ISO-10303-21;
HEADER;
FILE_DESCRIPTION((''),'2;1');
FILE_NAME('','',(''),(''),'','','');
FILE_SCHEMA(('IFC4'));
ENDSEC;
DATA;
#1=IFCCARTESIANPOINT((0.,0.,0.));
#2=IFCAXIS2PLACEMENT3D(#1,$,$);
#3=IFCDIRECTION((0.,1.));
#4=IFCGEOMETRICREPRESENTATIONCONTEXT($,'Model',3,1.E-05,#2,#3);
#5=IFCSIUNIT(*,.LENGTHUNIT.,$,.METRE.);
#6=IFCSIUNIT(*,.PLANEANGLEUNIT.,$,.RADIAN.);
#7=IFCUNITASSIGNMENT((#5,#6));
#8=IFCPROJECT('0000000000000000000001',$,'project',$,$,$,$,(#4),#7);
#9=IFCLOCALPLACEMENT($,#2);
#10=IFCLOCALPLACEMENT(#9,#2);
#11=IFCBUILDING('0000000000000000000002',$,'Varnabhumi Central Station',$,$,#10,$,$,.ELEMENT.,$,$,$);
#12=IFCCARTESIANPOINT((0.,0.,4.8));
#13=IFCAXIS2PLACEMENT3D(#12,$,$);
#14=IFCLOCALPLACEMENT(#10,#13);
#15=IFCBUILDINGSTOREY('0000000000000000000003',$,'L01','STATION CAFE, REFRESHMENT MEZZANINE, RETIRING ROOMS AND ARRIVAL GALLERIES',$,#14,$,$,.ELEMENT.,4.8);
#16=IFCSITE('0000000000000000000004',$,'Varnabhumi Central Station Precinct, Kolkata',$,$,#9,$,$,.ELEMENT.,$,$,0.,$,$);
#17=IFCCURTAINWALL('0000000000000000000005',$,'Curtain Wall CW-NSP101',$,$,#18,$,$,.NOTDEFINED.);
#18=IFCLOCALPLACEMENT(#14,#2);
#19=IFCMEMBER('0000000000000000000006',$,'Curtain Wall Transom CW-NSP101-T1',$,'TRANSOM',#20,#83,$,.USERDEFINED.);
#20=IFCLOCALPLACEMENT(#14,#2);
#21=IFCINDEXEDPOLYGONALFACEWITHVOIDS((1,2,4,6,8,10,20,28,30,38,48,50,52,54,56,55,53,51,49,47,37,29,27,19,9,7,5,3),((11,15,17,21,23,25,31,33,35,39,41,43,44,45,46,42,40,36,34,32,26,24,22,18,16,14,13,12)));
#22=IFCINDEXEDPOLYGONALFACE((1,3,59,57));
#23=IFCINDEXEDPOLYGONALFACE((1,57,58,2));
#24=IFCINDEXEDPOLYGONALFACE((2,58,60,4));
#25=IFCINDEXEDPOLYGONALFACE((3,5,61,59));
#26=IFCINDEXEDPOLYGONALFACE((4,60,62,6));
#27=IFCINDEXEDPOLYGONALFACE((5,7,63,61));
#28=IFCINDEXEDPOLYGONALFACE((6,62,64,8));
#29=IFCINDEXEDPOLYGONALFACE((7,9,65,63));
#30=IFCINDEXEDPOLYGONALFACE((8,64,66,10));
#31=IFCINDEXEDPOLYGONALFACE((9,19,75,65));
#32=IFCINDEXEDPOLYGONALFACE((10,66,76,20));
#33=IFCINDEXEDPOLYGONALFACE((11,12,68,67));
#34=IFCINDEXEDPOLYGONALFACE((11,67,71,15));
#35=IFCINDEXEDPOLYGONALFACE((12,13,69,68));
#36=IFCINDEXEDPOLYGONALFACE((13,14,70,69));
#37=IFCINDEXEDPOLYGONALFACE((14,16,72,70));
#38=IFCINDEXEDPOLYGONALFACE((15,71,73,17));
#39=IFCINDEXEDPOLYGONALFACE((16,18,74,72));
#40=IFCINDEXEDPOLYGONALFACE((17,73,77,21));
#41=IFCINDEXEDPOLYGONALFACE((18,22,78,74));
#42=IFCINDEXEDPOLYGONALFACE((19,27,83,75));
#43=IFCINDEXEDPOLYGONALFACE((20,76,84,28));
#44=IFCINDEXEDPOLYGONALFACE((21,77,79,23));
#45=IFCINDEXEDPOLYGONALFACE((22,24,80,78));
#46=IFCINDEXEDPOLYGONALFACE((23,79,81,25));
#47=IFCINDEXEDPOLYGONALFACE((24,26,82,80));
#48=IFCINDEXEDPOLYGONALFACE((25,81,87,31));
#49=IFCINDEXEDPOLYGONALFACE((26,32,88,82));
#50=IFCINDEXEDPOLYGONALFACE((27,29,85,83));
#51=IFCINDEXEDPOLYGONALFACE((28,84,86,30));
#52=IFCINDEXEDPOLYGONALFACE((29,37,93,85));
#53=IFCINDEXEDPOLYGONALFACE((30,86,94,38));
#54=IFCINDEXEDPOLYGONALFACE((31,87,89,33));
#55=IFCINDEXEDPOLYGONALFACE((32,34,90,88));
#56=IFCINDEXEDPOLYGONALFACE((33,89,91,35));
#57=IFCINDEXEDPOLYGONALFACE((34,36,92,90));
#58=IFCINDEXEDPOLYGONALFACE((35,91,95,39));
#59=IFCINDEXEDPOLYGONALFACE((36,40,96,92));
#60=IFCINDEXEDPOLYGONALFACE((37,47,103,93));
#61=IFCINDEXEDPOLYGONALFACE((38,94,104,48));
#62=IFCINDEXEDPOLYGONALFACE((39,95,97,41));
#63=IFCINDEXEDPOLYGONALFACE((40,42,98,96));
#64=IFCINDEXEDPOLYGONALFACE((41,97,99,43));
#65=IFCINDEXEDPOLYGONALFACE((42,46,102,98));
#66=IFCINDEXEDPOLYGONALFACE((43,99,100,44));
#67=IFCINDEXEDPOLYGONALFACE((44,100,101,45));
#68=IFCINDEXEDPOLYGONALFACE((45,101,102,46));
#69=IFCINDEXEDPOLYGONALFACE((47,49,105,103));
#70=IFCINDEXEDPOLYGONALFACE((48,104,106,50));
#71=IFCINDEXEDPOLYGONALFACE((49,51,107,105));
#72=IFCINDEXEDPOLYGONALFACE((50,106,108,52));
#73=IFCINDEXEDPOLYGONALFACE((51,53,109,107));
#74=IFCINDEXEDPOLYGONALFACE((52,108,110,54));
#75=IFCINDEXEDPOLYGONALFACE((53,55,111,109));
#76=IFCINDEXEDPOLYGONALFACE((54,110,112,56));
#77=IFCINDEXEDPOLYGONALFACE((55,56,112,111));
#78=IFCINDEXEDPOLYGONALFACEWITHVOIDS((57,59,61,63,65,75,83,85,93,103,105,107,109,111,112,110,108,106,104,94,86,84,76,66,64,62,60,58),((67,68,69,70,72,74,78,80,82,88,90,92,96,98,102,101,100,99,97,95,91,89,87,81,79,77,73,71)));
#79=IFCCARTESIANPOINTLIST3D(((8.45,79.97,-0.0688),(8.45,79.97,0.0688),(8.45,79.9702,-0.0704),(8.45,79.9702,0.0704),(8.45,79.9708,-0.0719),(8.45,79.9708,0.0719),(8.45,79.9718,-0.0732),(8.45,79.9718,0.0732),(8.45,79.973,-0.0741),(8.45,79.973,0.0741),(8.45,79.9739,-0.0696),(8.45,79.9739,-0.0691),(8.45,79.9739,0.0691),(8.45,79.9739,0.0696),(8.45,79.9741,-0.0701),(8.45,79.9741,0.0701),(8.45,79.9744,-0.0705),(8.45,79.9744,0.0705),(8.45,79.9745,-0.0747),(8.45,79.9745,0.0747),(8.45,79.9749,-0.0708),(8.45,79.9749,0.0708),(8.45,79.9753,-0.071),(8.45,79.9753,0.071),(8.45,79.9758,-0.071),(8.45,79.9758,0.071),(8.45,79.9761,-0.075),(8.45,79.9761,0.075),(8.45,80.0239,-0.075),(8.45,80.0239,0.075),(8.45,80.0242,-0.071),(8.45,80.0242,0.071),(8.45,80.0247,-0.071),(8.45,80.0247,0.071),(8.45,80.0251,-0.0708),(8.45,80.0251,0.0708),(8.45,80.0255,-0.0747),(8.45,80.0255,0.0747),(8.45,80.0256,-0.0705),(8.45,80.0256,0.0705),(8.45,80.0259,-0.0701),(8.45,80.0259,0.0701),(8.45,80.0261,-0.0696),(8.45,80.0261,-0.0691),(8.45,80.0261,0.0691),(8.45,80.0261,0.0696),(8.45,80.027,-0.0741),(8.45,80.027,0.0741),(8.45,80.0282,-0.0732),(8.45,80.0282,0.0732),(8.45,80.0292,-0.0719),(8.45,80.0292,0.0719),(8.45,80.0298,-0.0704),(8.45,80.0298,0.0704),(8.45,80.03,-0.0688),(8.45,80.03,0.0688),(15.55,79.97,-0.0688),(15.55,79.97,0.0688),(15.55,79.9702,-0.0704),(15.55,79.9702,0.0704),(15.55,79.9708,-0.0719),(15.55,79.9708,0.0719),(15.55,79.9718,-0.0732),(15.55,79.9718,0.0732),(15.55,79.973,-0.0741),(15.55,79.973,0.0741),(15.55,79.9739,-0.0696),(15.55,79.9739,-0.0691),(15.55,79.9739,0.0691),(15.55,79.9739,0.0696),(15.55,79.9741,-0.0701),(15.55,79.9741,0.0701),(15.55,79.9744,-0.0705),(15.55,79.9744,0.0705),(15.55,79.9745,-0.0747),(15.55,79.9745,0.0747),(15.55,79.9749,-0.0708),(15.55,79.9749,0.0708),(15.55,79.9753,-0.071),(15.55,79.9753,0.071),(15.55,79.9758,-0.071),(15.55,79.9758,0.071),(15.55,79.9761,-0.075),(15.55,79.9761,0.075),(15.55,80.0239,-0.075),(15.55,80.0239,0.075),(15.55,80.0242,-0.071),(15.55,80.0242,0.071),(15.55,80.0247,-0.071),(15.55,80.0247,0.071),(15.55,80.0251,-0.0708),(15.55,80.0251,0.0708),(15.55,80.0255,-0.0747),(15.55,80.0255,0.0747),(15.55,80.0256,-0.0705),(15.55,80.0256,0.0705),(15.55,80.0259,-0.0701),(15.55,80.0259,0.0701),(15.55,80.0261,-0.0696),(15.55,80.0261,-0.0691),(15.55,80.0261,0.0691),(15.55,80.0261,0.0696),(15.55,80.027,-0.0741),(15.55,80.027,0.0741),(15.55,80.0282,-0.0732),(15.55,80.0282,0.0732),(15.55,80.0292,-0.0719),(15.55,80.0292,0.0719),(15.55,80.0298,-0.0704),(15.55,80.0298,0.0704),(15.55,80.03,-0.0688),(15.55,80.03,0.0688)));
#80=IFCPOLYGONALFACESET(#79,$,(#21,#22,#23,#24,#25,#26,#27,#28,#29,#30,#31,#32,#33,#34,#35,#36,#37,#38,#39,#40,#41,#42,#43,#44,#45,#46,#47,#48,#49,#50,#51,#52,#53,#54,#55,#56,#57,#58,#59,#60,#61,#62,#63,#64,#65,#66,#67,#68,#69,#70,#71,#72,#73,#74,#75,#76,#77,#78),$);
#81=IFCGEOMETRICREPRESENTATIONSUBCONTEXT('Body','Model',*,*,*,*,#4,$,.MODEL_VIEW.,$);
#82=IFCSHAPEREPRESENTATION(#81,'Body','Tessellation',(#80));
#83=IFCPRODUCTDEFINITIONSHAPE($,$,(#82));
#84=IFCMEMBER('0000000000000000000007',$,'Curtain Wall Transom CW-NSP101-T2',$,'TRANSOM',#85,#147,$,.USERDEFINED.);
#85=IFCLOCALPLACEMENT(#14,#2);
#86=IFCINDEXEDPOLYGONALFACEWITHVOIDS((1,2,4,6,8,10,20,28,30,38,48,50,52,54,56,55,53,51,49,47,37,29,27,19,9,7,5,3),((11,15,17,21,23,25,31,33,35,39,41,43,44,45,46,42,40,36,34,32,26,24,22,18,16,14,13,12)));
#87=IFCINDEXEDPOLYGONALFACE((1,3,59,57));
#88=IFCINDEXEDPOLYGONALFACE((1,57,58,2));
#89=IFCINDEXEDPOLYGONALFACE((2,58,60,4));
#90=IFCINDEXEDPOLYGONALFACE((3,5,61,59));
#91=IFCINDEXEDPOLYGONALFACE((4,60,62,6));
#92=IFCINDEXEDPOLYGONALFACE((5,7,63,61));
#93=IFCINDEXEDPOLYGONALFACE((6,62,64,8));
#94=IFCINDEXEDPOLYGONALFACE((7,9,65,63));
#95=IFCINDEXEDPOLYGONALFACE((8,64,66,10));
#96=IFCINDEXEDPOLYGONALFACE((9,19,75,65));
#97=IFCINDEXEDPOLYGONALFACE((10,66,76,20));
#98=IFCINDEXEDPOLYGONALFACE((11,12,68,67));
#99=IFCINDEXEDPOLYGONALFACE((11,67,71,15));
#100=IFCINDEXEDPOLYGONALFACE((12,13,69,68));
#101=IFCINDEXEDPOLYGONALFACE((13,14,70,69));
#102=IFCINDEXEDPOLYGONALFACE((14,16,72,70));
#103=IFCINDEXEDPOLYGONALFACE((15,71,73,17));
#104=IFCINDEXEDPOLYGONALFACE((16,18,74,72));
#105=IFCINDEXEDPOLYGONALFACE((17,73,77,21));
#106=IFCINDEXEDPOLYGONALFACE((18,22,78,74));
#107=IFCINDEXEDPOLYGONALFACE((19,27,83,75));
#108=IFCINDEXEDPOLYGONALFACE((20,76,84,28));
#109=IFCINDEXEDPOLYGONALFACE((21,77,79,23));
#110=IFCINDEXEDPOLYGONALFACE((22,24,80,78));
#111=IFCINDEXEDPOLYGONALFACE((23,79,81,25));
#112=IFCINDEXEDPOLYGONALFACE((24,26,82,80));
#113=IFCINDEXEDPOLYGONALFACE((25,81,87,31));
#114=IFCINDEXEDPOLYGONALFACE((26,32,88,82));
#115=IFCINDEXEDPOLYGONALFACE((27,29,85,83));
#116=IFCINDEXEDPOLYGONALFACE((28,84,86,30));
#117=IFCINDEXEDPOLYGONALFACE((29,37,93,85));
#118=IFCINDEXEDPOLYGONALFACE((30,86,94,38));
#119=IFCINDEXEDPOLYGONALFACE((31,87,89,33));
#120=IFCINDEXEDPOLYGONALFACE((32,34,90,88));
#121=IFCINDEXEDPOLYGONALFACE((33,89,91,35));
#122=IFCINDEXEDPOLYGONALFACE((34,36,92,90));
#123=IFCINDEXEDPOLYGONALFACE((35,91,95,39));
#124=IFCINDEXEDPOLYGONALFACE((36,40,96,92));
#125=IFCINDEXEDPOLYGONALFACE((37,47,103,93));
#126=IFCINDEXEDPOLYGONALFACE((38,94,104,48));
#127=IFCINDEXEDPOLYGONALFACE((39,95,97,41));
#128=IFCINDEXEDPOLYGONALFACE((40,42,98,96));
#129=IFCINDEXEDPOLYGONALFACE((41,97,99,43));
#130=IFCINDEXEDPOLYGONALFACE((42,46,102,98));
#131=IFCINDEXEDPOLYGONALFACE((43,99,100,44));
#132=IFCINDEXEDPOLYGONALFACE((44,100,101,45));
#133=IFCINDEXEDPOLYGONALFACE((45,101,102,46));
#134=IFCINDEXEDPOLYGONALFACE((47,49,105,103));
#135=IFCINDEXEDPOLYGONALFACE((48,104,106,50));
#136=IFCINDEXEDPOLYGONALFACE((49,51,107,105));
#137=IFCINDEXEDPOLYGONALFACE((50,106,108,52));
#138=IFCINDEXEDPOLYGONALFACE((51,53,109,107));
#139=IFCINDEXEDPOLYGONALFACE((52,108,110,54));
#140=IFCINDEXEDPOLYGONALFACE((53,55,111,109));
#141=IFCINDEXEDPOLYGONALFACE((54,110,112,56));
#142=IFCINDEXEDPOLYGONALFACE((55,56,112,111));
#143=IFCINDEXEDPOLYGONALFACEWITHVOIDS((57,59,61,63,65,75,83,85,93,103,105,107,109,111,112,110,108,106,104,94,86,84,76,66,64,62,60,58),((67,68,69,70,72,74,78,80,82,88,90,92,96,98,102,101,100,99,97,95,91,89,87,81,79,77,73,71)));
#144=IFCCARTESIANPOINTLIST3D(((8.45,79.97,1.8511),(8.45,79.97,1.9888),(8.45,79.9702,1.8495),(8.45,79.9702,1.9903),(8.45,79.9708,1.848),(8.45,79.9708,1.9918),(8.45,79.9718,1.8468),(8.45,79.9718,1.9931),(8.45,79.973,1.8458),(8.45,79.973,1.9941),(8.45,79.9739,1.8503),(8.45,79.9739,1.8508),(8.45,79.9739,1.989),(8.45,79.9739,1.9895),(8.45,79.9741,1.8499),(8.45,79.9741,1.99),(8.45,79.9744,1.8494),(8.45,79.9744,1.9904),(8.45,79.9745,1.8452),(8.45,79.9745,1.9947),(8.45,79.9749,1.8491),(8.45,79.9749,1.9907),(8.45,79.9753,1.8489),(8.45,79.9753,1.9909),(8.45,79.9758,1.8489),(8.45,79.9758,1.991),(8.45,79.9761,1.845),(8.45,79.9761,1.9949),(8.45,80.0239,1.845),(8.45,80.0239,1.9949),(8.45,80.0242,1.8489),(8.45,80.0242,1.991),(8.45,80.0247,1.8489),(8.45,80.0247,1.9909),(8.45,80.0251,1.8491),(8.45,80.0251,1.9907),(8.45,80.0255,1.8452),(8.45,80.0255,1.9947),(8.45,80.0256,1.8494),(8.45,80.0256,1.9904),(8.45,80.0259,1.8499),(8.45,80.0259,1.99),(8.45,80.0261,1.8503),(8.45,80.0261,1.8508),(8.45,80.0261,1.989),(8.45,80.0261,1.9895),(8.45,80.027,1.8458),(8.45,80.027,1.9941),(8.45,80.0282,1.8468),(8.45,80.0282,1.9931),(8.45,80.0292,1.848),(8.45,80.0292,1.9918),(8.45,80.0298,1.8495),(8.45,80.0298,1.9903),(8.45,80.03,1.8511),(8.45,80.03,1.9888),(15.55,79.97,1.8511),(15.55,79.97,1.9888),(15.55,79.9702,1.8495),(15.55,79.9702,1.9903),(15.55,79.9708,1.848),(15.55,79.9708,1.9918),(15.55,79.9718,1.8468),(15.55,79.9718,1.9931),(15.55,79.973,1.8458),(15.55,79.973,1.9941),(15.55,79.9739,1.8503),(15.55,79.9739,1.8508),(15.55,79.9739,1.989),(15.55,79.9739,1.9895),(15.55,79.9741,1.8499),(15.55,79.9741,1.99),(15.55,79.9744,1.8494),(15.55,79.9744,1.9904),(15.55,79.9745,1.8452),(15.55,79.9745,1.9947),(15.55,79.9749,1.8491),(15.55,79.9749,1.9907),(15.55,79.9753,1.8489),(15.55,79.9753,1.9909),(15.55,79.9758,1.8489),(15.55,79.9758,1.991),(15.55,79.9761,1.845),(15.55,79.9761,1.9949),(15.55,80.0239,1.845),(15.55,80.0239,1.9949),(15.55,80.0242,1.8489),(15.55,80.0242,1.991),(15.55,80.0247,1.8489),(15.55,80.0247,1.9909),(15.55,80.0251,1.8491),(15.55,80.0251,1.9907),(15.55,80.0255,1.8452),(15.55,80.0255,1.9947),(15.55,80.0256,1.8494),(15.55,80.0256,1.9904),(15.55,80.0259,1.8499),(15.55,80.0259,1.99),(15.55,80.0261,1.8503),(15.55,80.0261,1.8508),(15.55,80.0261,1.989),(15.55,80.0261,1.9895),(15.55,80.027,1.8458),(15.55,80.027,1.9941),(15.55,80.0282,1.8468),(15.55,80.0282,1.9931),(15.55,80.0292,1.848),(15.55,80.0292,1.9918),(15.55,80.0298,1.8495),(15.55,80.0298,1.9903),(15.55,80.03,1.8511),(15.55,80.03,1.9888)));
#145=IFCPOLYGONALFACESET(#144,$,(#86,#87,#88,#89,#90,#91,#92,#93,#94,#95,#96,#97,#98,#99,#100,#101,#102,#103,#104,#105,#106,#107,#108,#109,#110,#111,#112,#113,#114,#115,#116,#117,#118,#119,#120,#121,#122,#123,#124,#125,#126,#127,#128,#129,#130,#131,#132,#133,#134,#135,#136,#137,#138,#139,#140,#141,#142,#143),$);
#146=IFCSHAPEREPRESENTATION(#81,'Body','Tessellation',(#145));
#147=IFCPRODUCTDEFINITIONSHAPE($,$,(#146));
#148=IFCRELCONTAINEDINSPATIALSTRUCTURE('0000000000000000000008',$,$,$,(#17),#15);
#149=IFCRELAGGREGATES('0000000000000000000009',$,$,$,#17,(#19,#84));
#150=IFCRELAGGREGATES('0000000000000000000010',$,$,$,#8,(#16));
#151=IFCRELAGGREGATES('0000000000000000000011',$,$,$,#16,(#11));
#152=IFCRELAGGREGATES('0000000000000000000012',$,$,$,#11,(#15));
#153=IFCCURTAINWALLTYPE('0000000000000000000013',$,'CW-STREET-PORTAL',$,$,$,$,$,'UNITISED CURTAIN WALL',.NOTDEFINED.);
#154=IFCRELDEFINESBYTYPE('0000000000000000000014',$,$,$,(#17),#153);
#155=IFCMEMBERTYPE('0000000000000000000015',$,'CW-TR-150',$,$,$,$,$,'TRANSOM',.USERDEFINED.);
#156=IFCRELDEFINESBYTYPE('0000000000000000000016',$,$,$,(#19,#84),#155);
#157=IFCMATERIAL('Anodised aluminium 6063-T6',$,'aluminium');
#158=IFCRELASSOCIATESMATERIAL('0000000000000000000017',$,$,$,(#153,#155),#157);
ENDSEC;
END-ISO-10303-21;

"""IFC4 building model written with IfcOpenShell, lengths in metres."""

from ifc_helpers import new_model, si_unit, direction, frame, origin, origin_2d, place, context, subcontext, project, spatial, hollow_rectangle, extrude, material, material_profile, profile_set, type_object, element, aggregate, save


model = new_model("IFC4")

# Units and contexts
model_context = context("Model", 3, precision=1e-05, world=origin(), true_north=direction((0.0, 1.0)))
body_context = subcontext(model_context, "Body", "Model", "MODEL_VIEW")
ifc_project = project(units=[si_unit("LENGTHUNIT", "METRE"), si_unit("PLANEANGLEUNIT", "RADIAN")], contexts=[model_context])

# Site, building, storey
site_placement = place(None, origin())
site = spatial("IfcSite", under=ifc_project, at=site_placement, Name="Varnabhumi Central Station Precinct, Kolkata", CompositionType="ELEMENT", RefElevation=0.0)
building_placement = place(site_placement, origin())
building = spatial("IfcBuilding", under=site, at=building_placement, Name="Varnabhumi Central Station", CompositionType="ELEMENT")
storey_placement = place(building_placement, frame((0.0, 0.0, 4.8)))
storey = spatial("IfcBuildingStorey", under=building, at=storey_placement, Name="L01", Description="STATION CAFE, REFRESHMENT MEZZANINE, RETIRING ROOMS AND ARRIVAL GALLERIES", CompositionType="ELEMENT", Elevation=4.8)

# Curtain wall
ifc_material_1 = material(Name="Anodised aluminium 6063-T6", Category="aluminium")
curtain_wall_type_1 = type_object("IfcCurtainWallType", Name="CW-STREET-PORTAL", ElementType="UNITISED CURTAIN WALL", PredefinedType="NOTDEFINED", material=ifc_material_1)
curtain_wall_1_placement = place(storey_placement, origin())
curtain_wall_1 = element("IfcCurtainWall", 1, at=curtain_wall_1_placement, inside=storey, type_object=curtain_wall_type_1, Name="Curtain Wall CW-NSP101", PredefinedType="NOTDEFINED")

# Members
ifc_material_profile_1 = material_profile(ifc_material_1, hollow_rectangle(XDim=0.0601, YDim=0.1499, WallThickness=0.0039, InnerFilletRadius=0.002, OuterFilletRadius=0.0061, at=origin_2d()), Name="Anodised aluminium 6063-T6", Category="aluminium")
ifc_profile_set_1 = profile_set([ifc_material_profile_1], Name="Anodised aluminium 6063-T6")
member_type_1 = type_object("IfcMemberType", Name="CW-TR-150", ElementType="TRANSOM", PredefinedType="USERDEFINED", material=ifc_profile_set_1)
member_1_placement = place(storey_placement, frame((8.45, 80.0, 0.0), z_axis=(1.0, 0.0, 0.0), x_axis=(0.0, 1.0, 0.0)))
member_1 = element("IfcMember", 2, at=member_1_placement, type_object=member_type_1, Name="Curtain Wall Transom CW-NSP101-T1", ObjectType="TRANSOM", PredefinedType="USERDEFINED", context=body_context, shape_type="SweptSolid", body=[
    extrude(hollow_rectangle(XDim=0.0601, YDim=0.1499, WallThickness=0.0039, InnerFilletRadius=0.002, OuterFilletRadius=0.0061, at=origin_2d()), origin(), (0.0, 0.0, 1.0), 7.1001),
])
member_2_placement = place(storey_placement, frame((8.45, 80.0, 1.9199), z_axis=(1.0, 0.0, 0.0), x_axis=(0.0, 1.0, 0.0)))
member_2 = element("IfcMember", 3, at=member_2_placement, type_object=member_type_1, Name="Curtain Wall Transom CW-NSP101-T2", ObjectType="TRANSOM", PredefinedType="USERDEFINED", context=body_context, shape_type="SweptSolid", body=[
    extrude(hollow_rectangle(XDim=0.0601, YDim=0.1499, WallThickness=0.0039, InnerFilletRadius=0.002, OuterFilletRadius=0.0061, at=origin_2d()), origin(), (0.0, 0.0, 1.0), 7.1001),
])

aggregate(curtain_wall_1, [member_1, member_2])

save(model, "model.ifc")
